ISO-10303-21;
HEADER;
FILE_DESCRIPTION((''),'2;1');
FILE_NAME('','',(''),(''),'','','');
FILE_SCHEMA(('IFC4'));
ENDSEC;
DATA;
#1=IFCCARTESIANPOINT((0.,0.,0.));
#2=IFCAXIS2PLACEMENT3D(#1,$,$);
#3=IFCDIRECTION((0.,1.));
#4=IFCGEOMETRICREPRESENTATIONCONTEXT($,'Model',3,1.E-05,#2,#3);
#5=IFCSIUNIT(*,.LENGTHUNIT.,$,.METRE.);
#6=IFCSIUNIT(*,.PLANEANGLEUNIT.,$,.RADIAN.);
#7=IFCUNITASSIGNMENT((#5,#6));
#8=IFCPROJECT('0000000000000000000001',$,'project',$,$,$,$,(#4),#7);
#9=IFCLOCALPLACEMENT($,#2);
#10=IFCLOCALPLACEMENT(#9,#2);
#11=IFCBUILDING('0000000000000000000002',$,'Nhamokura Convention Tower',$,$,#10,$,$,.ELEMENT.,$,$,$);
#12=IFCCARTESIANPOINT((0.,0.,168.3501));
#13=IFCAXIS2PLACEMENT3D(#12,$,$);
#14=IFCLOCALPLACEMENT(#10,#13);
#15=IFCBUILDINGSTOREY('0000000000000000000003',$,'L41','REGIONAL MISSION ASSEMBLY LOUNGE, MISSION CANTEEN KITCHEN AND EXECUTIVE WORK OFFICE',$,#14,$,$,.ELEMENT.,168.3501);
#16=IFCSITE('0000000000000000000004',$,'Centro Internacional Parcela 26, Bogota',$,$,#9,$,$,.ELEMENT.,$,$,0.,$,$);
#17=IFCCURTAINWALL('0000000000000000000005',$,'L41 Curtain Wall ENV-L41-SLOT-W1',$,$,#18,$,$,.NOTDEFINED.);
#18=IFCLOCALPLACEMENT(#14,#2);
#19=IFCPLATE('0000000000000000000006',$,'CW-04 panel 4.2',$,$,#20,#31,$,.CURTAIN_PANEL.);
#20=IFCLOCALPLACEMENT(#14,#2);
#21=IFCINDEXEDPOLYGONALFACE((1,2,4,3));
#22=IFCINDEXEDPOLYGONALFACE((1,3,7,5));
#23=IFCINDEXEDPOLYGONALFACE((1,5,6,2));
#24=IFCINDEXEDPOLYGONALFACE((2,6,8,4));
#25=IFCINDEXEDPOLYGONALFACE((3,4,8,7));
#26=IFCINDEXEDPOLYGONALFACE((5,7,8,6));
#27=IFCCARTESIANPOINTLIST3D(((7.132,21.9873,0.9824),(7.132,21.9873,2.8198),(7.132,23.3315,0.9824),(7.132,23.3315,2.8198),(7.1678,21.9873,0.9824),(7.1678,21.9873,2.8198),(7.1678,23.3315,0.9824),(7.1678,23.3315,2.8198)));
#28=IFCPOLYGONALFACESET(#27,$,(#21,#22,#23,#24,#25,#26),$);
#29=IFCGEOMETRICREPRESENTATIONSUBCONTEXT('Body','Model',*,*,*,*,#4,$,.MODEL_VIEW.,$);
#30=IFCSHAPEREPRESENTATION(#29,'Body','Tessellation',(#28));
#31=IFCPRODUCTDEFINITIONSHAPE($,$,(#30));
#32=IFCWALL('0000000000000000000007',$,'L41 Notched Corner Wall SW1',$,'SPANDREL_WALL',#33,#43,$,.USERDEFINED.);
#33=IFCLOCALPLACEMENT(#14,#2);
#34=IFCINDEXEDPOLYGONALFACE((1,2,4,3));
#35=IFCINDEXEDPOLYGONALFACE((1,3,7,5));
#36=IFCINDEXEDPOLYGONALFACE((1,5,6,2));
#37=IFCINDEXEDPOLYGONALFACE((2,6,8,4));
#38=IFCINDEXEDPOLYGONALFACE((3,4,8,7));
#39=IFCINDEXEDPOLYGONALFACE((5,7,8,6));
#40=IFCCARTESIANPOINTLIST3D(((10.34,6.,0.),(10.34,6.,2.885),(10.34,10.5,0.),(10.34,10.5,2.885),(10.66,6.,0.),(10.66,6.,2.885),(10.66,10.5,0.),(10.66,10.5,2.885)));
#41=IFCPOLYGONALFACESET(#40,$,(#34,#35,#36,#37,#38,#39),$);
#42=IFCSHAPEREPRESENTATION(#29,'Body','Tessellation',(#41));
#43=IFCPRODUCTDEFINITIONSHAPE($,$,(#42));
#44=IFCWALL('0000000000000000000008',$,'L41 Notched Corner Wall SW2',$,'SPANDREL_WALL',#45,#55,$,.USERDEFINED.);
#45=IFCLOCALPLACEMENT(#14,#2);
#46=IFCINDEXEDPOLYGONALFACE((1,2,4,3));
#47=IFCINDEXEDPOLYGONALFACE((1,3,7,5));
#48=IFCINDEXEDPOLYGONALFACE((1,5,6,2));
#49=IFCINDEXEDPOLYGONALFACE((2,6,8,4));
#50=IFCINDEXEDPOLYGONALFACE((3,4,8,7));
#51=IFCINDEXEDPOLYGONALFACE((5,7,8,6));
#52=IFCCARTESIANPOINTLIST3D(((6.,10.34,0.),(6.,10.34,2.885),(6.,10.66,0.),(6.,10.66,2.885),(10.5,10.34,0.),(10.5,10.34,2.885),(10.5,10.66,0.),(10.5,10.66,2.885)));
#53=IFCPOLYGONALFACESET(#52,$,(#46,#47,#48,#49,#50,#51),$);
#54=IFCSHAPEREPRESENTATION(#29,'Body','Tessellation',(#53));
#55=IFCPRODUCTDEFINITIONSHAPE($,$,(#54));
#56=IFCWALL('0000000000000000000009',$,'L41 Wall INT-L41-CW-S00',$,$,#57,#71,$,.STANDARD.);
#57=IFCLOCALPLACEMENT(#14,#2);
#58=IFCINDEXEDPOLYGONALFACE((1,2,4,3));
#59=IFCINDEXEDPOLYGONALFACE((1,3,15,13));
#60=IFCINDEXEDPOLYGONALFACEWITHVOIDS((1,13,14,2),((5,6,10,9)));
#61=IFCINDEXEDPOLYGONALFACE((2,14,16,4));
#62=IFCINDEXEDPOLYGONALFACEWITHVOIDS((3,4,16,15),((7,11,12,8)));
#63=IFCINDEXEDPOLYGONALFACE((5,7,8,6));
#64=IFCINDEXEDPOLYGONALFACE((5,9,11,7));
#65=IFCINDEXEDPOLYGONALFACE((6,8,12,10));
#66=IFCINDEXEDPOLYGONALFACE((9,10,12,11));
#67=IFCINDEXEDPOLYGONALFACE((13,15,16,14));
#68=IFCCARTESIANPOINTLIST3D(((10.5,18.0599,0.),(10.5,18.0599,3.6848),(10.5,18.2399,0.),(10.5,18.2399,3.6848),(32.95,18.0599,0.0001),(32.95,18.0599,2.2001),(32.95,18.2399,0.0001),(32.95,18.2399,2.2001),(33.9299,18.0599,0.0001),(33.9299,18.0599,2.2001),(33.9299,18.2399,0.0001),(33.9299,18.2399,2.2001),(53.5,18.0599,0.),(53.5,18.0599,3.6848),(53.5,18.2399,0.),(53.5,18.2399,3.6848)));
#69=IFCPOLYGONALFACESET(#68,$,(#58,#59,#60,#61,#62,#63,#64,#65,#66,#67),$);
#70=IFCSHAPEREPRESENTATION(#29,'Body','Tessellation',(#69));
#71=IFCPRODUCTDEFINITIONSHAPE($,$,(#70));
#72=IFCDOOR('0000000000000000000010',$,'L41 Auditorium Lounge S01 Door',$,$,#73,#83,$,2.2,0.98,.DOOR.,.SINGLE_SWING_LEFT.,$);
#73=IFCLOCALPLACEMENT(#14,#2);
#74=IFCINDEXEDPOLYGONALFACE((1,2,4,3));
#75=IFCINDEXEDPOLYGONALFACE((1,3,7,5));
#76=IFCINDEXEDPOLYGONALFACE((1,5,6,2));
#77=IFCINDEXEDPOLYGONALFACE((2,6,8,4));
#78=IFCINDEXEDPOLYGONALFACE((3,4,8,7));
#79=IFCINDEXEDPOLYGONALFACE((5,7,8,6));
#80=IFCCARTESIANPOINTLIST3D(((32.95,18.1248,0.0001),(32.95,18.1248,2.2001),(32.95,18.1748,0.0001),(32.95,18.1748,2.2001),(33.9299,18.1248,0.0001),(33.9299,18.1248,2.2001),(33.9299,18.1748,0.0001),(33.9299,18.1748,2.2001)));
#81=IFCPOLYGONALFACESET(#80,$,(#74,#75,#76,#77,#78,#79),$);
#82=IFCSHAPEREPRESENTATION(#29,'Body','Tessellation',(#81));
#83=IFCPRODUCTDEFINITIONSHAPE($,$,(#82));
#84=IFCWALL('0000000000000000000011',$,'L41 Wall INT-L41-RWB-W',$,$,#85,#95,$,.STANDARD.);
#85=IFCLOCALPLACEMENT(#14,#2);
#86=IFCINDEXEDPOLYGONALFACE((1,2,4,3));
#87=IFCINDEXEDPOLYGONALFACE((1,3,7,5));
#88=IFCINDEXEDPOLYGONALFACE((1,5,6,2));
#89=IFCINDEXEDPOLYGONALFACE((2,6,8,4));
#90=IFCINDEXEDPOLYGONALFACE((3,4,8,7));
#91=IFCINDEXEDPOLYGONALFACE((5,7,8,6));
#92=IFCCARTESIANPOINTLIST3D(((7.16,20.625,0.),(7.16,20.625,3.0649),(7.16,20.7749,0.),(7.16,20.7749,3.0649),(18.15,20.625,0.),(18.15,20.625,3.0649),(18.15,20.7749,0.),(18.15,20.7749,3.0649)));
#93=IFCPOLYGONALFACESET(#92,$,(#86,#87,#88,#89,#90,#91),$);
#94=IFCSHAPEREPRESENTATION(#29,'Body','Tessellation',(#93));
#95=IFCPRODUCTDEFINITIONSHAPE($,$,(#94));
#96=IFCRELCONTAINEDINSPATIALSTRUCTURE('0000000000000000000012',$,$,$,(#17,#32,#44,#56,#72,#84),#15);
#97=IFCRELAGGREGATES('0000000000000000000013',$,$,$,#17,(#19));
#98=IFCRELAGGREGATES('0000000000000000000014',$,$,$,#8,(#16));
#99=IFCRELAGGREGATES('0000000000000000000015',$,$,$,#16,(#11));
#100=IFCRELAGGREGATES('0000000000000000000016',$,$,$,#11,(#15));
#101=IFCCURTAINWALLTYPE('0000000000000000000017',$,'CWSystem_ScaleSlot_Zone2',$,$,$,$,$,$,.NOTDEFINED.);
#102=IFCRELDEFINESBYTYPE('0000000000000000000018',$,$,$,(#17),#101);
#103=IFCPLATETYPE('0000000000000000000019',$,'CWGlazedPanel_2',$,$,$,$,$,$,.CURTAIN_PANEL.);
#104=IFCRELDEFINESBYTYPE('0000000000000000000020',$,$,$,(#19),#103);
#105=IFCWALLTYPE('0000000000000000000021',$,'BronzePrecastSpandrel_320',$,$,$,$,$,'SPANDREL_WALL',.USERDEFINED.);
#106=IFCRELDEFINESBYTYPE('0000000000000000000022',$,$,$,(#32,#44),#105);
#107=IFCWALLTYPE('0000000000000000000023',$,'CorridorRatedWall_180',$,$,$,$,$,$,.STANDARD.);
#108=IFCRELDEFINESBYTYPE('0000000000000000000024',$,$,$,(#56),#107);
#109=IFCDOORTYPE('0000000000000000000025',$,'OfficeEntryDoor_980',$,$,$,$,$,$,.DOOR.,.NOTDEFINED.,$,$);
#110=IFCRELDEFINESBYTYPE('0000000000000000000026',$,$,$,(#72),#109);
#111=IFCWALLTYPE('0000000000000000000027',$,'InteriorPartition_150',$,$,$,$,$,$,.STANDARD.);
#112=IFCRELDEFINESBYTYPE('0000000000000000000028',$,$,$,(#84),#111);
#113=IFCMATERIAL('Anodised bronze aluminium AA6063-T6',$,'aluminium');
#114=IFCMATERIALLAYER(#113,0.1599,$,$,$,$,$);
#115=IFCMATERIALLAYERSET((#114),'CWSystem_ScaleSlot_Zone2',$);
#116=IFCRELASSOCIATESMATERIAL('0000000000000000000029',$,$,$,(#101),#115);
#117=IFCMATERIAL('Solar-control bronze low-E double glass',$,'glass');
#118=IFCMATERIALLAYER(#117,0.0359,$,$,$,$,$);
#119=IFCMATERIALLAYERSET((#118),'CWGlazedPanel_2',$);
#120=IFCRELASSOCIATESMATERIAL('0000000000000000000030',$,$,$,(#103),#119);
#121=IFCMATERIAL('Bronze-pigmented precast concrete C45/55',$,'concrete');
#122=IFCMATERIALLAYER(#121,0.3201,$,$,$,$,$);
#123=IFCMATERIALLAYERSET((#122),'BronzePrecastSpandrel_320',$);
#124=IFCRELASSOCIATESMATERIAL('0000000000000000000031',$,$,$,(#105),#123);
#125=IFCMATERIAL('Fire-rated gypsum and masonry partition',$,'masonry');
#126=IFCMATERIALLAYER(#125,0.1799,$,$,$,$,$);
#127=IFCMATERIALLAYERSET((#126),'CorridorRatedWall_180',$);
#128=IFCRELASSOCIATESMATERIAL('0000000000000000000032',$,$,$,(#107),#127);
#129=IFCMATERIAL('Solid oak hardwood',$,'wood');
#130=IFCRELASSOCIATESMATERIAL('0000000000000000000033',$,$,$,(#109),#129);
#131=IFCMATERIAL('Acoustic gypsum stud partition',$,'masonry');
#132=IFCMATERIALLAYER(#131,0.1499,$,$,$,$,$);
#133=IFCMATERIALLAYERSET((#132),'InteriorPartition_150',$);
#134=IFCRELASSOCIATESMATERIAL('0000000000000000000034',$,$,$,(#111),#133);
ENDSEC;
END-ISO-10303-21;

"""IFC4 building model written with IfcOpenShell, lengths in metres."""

from ifc_helpers import new_model, si_unit, direction, frame, frame_2d, origin, origin_2d, place, context, subcontext, project, spatial, rectangle, extrude, material, layer, layer_set, type_object, element, fill, aggregate, save


model = new_model("IFC4")

# Units and contexts
model_context = context("Model", 3, precision=1e-05, world=origin(), true_north=direction((0.0, 1.0)))
body_context = subcontext(model_context, "Body", "Model", "MODEL_VIEW")
ifc_project = project(units=[si_unit("LENGTHUNIT", "METRE"), si_unit("PLANEANGLEUNIT", "RADIAN")], contexts=[model_context])

# Site, building, storey
site_placement = place(None, origin())
site = spatial("IfcSite", under=ifc_project, at=site_placement, Name="Centro Internacional Parcela 26, Bogota", CompositionType="ELEMENT", RefElevation=0.0)
building_placement = place(site_placement, origin())
building = spatial("IfcBuilding", under=site, at=building_placement, Name="Nhamokura Convention Tower", CompositionType="ELEMENT")
storey_placement = place(building_placement, frame((0.0, 0.0, 168.3501)))
storey = spatial("IfcBuildingStorey", under=building, at=storey_placement, Name="L41", Description="REGIONAL MISSION ASSEMBLY LOUNGE, MISSION CANTEEN KITCHEN AND EXECUTIVE WORK OFFICE", CompositionType="ELEMENT", Elevation=168.3501)

# Curtain wall
ifc_material_1 = material(Name="Anodised bronze aluminium AA6063-T6", Category="aluminium")
ifc_layer_1 = layer(ifc_material_1, 0.1599)
ifc_layer_set_1 = layer_set([ifc_layer_1], Name="CWSystem_ScaleSlot_Zone2")
curtain_wall_type = type_object("IfcCurtainWallType", Name="CWSystem_ScaleSlot_Zone2", PredefinedType="NOTDEFINED", material=ifc_layer_set_1)
curtain_wall_placement = place(storey_placement, origin())
curtain_wall = element("IfcCurtainWall", 1, at=curtain_wall_placement, inside=storey, type_object=curtain_wall_type, Name="L41 Curtain Wall ENV-L41-SLOT-W1", PredefinedType="NOTDEFINED")

# Plate
ifc_material_2 = material(Name="Solar-control bronze low-E double glass", Category="glass")
ifc_layer_2 = layer(ifc_material_2, 0.0359)
ifc_layer_set_2 = layer_set([ifc_layer_2], Name="CWGlazedPanel_2")
plate_type = type_object("IfcPlateType", Name="CWGlazedPanel_2", PredefinedType="CURTAIN_PANEL", material=ifc_layer_set_2)
plate_1_placement = place(storey_placement, frame((7.1499, 22.6594, 0.9824), z_axis=(0.0, 0.0, 1.0), x_axis=(0.0, 1.0, 0.0)))
plate_1 = element("IfcPlate", 2, at=plate_1_placement, type_object=plate_type, Name="CW-04 panel 4.2", PredefinedType="CURTAIN_PANEL", context=body_context, shape_type="SweptSolid", body=[
    extrude(rectangle(XDim=1.3442, YDim=0.0359, at=origin_2d()), origin(), (0.0, 0.0, 1.0), 1.8374),
])
aggregate(curtain_wall, [plate_1])

# Walls
ifc_material_3 = material(Name="Bronze-pigmented precast concrete C45/55", Category="concrete")
ifc_layer_3 = layer(ifc_material_3, 0.3201)
ifc_layer_set_3 = layer_set([ifc_layer_3], Name="BronzePrecastSpandrel_320")
wall_type_1 = type_object("IfcWallType", Name="BronzePrecastSpandrel_320", ElementType="SPANDREL_WALL", PredefinedType="USERDEFINED", material=ifc_layer_set_3)
for number, where, z_axis, x_axis, name in (
    (3, (10.5, 6.0, 0.0), (0.0, 0.0, 1.0), (0.0, 1.0, 0.0), "L41 Notched Corner Wall SW1"),
    (4, (10.5, 10.5, 0.0), (0.0, 0.0, 1.0), (-1.0, 0.0, 0.0), "L41 Notched Corner Wall SW2"),
):
    element("IfcWall", number, at=place(storey_placement, frame(where, z_axis=z_axis, x_axis=x_axis)), inside=storey, type_object=wall_type_1, Name=name, ObjectType="SPANDREL_WALL", PredefinedType="USERDEFINED", context=body_context, shape_type="SweptSolid", body=[
        extrude(rectangle(XDim=4.5, YDim=0.3201, at=frame_2d((2.25, 0.0))), origin(), (0.0, 0.0, 1.0), 2.885),
    ])

# Wall, opening, door
ifc_material_4 = material(Name="Fire-rated gypsum and masonry partition", Category="masonry")
ifc_layer_4 = layer(ifc_material_4, 0.1799)
ifc_layer_set_4 = layer_set([ifc_layer_4], Name="CorridorRatedWall_180")
wall_type_2 = type_object("IfcWallType", Name="CorridorRatedWall_180", PredefinedType="STANDARD", material=ifc_layer_set_4)
wall_1_placement = place(storey_placement, frame((10.5, 18.1499, 0.0), z_axis=(0.0, 0.0, 1.0), x_axis=(1.0, 0.0, 0.0)))
wall_1 = element("IfcWall", 5, at=wall_1_placement, inside=storey, type_object=wall_type_2, Name="L41 Wall INT-L41-CW-S00", PredefinedType="STANDARD", context=body_context, shape_type="SweptSolid", body=[
    extrude(rectangle(XDim=43.0, YDim=0.1799, at=frame_2d((21.5, 0.0))), origin(), (0.0, 0.0, 1.0), 3.6848),
])
opening_placement = place(wall_1_placement, frame((22.45, 0.0, 0.0)))
opening = element("IfcOpeningElement", 6, at=opening_placement, cuts=wall_1, PredefinedType="OPENING", context=body_context, shape_type="SweptSolid", body=[
    extrude(rectangle(XDim=0.98, YDim=2.2, at=frame_2d((0.49, 1.1001))), frame((0.0, 0.0999, 0.0), z_axis=(0.0, -1.0, 0.0), x_axis=(1.0, 0.0, 0.0)), (0.0, 0.0, 1.0), 0.2),
])
ifc_material_5 = material(Name="Solid oak hardwood", Category="wood")
door_type = type_object("IfcDoorType", Name="OfficeEntryDoor_980", OperationType="NOTDEFINED", PredefinedType="DOOR", material=ifc_material_5)
door_placement = place(opening_placement, origin())
door = element("IfcDoor", 7, at=door_placement, inside=storey, type_object=door_type, Name="L41 Auditorium Lounge S01 Door", OperationType="SINGLE_SWING_LEFT", OverallHeight=2.2, OverallWidth=0.98, PredefinedType="DOOR", context=body_context, shape_type="SweptSolid", body=[
    extrude(rectangle(XDim=0.98, YDim=2.2, at=frame_2d((0.49, 1.1001))), frame((0.0, 0.0249, 0.0), z_axis=(0.0, -1.0, 0.0), x_axis=(1.0, 0.0, 0.0)), (0.0, 0.0, 1.0), 0.05),
])
fill(opening, door)

# Wall
ifc_material_6 = material(Name="Acoustic gypsum stud partition", Category="masonry")
ifc_layer_5 = layer(ifc_material_6, 0.1499)
ifc_layer_set_5 = layer_set([ifc_layer_5], Name="InteriorPartition_150")
wall_type_3 = type_object("IfcWallType", Name="InteriorPartition_150", PredefinedType="STANDARD", material=ifc_layer_set_5)
wall_2_placement = place(storey_placement, frame((7.1599, 20.7, 0.0), z_axis=(0.0, 0.0, 1.0), x_axis=(1.0, 0.0, 0.0)))
element("IfcWall", 8, at=wall_2_placement, inside=storey, type_object=wall_type_3, Name="L41 Wall INT-L41-RWB-W", PredefinedType="STANDARD", context=body_context, shape_type="SweptSolid", body=[
    extrude(rectangle(XDim=10.99, YDim=0.1499, at=frame_2d((5.4951, 0.0))), origin(), (0.0, 0.0, 1.0), 3.0649),
])

save(model, "model.ifc")
